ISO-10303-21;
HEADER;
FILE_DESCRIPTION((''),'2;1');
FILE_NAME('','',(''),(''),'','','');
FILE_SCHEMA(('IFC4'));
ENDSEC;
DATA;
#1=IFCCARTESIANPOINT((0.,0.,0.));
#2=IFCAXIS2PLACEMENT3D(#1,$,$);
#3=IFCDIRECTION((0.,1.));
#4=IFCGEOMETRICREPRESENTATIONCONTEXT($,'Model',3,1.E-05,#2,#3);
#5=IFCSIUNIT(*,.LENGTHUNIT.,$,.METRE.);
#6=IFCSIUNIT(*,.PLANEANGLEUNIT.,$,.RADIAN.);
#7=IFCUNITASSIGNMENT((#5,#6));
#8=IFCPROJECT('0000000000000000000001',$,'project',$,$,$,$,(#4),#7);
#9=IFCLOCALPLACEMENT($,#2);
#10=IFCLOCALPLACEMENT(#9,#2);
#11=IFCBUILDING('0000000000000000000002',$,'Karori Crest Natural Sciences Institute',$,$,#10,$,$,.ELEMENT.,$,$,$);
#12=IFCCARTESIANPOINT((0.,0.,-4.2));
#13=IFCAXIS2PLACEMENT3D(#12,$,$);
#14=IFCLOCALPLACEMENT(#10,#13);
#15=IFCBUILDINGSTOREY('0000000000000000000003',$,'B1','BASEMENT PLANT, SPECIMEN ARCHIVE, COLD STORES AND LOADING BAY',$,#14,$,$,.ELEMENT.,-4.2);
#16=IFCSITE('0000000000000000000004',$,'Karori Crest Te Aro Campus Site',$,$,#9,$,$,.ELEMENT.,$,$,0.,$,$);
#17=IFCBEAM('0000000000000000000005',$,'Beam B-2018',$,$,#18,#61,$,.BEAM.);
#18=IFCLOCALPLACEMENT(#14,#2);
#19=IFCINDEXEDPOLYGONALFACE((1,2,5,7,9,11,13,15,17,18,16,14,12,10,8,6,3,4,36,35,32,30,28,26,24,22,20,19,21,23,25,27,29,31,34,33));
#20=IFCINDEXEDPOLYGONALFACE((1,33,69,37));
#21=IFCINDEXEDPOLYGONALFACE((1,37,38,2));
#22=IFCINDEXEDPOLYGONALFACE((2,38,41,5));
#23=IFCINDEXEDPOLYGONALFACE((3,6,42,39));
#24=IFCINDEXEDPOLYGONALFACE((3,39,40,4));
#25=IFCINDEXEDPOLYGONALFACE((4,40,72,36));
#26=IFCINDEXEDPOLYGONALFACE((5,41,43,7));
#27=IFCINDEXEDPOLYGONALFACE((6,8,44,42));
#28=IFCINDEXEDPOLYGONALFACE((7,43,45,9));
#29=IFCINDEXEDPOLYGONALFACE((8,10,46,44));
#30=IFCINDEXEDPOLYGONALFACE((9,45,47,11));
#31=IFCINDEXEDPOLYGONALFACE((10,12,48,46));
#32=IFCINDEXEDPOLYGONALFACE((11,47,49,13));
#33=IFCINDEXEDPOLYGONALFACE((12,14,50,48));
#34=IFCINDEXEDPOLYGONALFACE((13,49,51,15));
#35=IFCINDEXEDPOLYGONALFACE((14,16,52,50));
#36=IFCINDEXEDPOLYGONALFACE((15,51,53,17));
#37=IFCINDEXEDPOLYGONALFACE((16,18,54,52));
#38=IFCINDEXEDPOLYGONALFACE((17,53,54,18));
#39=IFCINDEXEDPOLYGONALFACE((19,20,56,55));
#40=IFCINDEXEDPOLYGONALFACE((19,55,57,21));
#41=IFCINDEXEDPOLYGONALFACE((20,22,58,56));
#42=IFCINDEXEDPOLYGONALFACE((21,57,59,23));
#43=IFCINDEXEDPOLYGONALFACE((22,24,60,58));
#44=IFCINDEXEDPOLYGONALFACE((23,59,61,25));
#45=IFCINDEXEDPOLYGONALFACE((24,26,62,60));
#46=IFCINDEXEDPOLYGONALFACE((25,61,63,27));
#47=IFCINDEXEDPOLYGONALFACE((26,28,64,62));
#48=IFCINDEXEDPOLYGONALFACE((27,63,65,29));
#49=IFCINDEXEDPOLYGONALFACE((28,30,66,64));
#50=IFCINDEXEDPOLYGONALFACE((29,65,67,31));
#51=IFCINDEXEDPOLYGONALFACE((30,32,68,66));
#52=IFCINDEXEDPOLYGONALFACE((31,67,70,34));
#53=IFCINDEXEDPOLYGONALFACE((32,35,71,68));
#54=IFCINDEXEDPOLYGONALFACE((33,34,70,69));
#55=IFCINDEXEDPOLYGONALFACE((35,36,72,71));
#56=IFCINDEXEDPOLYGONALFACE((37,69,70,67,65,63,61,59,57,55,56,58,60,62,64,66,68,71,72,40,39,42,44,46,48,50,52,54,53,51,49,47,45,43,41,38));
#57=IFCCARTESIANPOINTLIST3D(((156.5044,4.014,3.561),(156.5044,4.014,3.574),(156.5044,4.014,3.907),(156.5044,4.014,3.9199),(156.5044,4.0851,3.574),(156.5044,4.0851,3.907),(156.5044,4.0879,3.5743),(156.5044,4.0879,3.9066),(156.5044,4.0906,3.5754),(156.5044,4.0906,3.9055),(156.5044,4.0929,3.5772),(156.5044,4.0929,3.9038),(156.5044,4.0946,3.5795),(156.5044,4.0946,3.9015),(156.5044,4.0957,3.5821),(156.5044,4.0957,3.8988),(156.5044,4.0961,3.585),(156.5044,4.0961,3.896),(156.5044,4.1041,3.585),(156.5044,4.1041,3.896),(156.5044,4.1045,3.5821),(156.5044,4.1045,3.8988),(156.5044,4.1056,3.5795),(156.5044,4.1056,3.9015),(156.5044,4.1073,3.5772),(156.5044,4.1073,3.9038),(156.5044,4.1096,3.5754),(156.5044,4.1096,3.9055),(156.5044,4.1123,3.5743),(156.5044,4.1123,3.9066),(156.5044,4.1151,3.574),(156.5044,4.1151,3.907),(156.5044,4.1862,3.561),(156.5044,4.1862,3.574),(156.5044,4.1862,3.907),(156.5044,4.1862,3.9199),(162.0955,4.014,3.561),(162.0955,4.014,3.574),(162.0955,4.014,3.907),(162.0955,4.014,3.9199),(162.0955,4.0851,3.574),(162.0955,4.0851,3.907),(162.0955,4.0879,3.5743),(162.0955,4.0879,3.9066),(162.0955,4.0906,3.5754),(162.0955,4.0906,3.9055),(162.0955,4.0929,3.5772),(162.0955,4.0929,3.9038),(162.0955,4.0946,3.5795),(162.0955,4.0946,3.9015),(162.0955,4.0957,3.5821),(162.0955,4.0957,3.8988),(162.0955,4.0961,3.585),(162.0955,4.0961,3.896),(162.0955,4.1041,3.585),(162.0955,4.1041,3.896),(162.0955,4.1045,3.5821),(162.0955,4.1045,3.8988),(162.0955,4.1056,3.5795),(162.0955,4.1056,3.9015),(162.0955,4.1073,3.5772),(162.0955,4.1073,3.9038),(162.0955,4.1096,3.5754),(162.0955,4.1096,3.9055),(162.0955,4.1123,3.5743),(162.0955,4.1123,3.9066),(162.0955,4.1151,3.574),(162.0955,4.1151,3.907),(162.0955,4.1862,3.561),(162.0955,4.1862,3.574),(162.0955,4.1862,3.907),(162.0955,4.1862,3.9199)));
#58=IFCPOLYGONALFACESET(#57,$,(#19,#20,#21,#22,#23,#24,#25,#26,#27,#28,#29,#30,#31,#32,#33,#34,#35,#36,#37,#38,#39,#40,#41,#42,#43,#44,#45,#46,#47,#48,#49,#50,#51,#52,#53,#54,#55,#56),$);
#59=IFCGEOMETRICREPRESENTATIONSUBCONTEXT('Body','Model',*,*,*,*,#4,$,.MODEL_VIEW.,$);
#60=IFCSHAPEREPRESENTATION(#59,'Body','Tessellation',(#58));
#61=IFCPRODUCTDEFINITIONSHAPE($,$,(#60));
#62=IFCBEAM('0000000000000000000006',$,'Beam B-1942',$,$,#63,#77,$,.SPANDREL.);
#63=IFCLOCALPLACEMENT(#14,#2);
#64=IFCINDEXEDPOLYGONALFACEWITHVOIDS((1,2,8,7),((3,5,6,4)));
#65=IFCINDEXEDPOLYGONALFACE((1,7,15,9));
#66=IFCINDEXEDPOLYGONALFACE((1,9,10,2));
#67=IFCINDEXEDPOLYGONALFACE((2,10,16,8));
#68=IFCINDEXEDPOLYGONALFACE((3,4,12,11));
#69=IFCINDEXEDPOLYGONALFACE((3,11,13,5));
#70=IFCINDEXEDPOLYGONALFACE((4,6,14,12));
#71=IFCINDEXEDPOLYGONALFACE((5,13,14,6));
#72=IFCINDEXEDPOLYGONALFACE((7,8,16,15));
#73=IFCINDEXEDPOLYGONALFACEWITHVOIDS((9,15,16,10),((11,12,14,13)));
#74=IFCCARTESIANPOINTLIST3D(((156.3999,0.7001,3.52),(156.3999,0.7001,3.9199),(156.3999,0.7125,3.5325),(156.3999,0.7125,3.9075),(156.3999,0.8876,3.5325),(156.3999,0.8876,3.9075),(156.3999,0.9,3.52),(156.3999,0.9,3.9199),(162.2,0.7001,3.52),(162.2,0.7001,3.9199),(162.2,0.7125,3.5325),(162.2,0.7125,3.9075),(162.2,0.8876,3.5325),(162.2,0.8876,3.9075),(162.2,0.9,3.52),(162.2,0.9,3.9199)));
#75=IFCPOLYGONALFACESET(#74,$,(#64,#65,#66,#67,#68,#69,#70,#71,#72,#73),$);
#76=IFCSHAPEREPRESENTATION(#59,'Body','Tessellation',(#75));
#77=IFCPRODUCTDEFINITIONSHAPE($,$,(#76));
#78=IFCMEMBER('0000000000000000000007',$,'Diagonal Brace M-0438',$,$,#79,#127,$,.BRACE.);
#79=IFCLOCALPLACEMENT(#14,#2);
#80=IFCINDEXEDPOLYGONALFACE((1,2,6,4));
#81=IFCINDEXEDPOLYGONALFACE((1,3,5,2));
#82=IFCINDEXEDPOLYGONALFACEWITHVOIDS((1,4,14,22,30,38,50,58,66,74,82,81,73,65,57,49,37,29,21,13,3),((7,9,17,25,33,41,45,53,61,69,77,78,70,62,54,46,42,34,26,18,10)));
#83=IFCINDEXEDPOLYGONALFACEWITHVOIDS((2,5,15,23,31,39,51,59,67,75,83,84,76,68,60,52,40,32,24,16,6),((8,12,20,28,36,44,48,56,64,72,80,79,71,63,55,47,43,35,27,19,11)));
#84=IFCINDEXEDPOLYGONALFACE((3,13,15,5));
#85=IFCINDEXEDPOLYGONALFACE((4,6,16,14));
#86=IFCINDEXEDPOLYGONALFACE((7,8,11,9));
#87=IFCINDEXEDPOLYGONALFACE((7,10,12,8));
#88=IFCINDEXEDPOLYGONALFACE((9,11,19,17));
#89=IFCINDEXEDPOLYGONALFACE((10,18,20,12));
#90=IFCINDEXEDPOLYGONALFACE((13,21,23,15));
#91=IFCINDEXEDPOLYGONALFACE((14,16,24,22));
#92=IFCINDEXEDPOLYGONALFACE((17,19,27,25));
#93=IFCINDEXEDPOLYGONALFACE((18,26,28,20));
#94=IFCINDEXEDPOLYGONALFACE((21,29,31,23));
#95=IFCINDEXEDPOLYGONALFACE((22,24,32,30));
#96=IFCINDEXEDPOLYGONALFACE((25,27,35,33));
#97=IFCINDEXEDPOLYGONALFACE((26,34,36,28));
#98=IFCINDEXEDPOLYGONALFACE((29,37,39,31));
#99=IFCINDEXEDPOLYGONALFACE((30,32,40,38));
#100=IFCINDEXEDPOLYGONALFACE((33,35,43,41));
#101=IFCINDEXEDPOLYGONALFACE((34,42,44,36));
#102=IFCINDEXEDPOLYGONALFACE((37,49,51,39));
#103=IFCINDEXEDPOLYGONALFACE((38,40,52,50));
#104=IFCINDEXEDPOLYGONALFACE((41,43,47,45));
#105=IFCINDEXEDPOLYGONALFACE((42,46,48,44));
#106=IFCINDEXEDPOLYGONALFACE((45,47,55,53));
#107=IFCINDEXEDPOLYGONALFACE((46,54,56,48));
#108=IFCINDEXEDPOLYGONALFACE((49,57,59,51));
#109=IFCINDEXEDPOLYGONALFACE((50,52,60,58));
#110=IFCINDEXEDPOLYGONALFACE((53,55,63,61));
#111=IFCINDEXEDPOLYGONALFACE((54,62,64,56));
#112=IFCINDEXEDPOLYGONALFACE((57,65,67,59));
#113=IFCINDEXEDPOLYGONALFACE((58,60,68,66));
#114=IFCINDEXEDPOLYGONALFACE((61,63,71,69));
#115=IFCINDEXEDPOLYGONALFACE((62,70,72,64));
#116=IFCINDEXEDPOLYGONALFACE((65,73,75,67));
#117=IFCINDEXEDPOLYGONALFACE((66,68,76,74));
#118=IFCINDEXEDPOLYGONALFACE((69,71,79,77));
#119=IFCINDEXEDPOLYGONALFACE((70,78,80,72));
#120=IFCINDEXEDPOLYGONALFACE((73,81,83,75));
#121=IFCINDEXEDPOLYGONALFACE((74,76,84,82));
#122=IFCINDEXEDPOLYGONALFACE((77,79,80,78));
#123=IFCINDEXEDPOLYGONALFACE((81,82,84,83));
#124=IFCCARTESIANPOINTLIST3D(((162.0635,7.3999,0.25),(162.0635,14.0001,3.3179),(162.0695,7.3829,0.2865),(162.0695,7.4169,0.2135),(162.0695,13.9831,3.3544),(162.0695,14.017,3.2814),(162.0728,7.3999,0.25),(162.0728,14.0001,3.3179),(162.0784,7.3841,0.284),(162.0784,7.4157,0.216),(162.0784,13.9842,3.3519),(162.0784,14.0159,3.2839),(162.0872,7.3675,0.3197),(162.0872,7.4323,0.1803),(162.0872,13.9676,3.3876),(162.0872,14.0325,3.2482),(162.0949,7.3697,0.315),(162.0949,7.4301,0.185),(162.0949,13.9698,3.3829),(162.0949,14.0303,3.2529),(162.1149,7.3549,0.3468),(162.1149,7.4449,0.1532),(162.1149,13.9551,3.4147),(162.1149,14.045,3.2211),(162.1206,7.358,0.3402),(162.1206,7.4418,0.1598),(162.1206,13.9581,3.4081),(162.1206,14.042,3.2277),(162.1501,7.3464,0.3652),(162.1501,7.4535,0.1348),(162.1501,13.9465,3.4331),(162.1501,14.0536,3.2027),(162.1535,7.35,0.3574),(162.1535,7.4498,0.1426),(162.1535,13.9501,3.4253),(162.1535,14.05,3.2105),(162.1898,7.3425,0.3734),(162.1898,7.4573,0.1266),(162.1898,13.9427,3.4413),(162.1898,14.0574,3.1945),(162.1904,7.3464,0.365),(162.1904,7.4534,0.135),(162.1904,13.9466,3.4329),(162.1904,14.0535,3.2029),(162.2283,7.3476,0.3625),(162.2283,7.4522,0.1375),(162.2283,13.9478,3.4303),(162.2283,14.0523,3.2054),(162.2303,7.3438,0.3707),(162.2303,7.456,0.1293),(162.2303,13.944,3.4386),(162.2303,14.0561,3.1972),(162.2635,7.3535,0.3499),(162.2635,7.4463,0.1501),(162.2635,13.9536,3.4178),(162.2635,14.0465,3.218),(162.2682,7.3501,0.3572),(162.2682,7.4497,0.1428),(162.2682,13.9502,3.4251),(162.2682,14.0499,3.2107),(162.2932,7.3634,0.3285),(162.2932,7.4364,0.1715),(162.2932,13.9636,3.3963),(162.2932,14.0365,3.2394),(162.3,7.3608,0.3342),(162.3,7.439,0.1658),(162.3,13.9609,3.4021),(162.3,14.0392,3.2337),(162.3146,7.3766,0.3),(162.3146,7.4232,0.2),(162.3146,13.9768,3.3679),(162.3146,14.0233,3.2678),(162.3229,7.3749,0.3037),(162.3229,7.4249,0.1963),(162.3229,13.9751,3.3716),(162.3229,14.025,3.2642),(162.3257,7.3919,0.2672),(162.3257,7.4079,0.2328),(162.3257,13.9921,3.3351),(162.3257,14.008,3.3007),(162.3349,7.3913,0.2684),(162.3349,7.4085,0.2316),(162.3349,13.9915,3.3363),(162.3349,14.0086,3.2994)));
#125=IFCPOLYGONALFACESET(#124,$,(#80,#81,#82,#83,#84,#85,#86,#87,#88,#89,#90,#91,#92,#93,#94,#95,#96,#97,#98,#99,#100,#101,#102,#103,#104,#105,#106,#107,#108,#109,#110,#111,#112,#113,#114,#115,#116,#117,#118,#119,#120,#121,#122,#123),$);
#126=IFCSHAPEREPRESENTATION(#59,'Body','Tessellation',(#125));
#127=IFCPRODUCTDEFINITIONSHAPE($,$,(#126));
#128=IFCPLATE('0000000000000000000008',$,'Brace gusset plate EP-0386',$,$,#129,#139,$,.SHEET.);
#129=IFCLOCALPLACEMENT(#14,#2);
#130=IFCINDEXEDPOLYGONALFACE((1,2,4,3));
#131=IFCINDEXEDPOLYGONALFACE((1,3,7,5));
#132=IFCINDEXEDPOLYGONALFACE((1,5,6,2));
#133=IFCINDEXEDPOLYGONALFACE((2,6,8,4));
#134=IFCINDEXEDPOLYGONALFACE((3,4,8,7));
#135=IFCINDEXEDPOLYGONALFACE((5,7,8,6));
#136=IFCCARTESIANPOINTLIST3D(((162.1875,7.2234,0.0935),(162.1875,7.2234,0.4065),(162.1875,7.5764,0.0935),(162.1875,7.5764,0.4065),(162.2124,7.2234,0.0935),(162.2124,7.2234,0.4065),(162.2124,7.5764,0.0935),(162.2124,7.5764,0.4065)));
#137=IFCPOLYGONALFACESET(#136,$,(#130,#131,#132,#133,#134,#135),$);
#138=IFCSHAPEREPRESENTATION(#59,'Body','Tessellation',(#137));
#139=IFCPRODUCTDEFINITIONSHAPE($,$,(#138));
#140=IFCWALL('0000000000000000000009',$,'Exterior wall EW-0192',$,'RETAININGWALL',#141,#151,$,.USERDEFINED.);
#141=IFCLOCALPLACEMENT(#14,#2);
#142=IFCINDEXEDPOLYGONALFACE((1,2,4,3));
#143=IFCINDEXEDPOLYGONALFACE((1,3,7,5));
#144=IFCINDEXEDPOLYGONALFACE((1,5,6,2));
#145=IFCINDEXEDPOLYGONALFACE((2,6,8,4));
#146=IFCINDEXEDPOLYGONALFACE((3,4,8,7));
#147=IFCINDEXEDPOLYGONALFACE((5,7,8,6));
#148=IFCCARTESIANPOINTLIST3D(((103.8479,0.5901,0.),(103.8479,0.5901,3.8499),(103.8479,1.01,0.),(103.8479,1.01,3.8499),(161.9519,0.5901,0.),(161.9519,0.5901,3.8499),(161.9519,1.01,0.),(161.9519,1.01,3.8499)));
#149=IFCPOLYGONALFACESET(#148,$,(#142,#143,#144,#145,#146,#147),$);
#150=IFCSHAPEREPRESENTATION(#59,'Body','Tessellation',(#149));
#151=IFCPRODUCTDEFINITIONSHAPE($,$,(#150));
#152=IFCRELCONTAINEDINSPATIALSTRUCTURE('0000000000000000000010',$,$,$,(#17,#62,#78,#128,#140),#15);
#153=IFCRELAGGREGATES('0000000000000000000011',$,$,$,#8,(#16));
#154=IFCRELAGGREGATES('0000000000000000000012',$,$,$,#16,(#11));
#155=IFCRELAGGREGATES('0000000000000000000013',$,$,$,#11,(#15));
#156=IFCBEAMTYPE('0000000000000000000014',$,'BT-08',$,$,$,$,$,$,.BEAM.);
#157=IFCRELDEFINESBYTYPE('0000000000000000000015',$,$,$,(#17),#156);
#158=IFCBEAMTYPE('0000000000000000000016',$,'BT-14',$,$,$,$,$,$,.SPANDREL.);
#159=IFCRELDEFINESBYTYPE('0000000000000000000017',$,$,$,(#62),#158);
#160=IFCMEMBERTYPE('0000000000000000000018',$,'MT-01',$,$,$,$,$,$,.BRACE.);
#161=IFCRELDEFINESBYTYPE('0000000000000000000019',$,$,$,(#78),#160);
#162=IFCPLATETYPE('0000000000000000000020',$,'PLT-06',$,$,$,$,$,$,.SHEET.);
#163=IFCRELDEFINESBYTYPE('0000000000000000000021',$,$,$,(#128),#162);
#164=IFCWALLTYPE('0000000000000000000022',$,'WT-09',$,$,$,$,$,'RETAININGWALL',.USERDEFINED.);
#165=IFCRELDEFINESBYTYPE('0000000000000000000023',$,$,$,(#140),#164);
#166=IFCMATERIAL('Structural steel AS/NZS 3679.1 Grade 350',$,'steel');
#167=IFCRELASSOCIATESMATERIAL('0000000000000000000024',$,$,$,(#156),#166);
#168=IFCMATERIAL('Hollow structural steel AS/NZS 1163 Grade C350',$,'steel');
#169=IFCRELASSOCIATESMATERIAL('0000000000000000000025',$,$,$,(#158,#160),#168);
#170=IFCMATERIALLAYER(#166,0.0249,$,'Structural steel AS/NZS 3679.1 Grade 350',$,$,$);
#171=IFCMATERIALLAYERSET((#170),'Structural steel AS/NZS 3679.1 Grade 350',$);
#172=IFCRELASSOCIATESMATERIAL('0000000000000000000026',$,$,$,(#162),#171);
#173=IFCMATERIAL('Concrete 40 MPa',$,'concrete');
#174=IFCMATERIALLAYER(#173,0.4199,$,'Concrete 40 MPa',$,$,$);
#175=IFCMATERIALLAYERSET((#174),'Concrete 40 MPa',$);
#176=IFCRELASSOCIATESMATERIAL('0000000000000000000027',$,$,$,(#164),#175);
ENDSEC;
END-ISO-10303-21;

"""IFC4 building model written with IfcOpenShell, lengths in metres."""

from ifc_helpers import new_model, si_unit, direction, frame, frame_2d, origin, origin_2d, place, context, subcontext, project, spatial, rectangle, hollow_rectangle, hollow_circle, i_section, extrude, material, layer, layer_set, material_profile, profile_set, type_object, element, save


model = new_model("IFC4")

# Units and contexts
model_context = context("Model", 3, precision=1e-05, world=origin(), true_north=direction((0.0, 1.0)))
body_context = subcontext(model_context, "Body", "Model", "MODEL_VIEW")
ifc_project = project(units=[si_unit("LENGTHUNIT", "METRE"), si_unit("PLANEANGLEUNIT", "RADIAN")], contexts=[model_context])

# Site, building, storey
site_placement = place(None, origin())
site = spatial("IfcSite", under=ifc_project, at=site_placement, Name="Karori Crest Te Aro Campus Site", CompositionType="ELEMENT", RefElevation=0.0)
building_placement = place(site_placement, origin())
building = spatial("IfcBuilding", under=site, at=building_placement, Name="Karori Crest Natural Sciences Institute", CompositionType="ELEMENT")
storey_placement = place(building_placement, frame((0.0, 0.0, -4.2)))
storey = spatial("IfcBuildingStorey", under=building, at=storey_placement, Name="B1", Description="BASEMENT PLANT, SPECIMEN ARCHIVE, COLD STORES AND LOADING BAY", CompositionType="ELEMENT", Elevation=-4.2)

# Shared definitions
ifc_material_1 = material(Name="Concrete 40 MPa", Category="concrete")

# Shared definitions
ifc_material_2 = material(Name="Structural steel AS/NZS 3679.1 Grade 350", Category="steel")

# Beams
ifc_material_profile_1 = material_profile(ifc_material_2, i_section(OverallWidth=0.1721, OverallDepth=0.3589, WebThickness=0.0081, FlangeThickness=0.0129, FilletRadius=0.011, at=origin_2d()), Name="360UB56.7")
ifc_profile_set_1 = profile_set([ifc_material_profile_1], Name="Structural steel AS/NZS 3679.1 Grade 350")
beam_type_1 = type_object("IfcBeamType", Name="BT-08", PredefinedType="BEAM", material=ifc_profile_set_1)
beam_1_placement = place(storey_placement, frame((156.5044, 4.1001, 3.7405), z_axis=(1.0, 0.0, 0.0), x_axis=(0.0, 1.0, 0.0)))
element("IfcBeam", 1, at=beam_1_placement, inside=storey, type_object=beam_type_1, Name="Beam B-2018", PredefinedType="BEAM", context=body_context, shape_type="SweptSolid", body=[
    extrude(i_section(OverallWidth=0.1721, OverallDepth=0.3589, WebThickness=0.0081, FlangeThickness=0.0129, FilletRadius=0.011, at=origin_2d()), origin(), (0.0, 0.0, 1.0), 5.5911),
])
ifc_material_3 = material(Name="Hollow structural steel AS/NZS 1163 Grade C350", Category="steel")
ifc_material_profile_2 = material_profile(ifc_material_3, hollow_rectangle(XDim=0.2, YDim=0.3999, WallThickness=0.0125, at=origin_2d()), Name="RHS400x200x12.5")
ifc_profile_set_2 = profile_set([ifc_material_profile_2], Name="Hollow structural steel AS/NZS 1163 Grade C350")
beam_type_2 = type_object("IfcBeamType", Name="BT-14", PredefinedType="SPANDREL", material=ifc_profile_set_2)
beam_2_placement = place(storey_placement, frame((156.3999, 0.8, 3.72), z_axis=(1.0, 0.0, 0.0), x_axis=(0.0, 1.0, 0.0)))
element("IfcBeam", 2, at=beam_2_placement, inside=storey, type_object=beam_type_2, Name="Beam B-1942", PredefinedType="SPANDREL", context=body_context, shape_type="SweptSolid", body=[
    extrude(hollow_rectangle(XDim=0.2, YDim=0.3999, WallThickness=0.0125, at=origin_2d()), origin(), (0.0, 0.0, 1.0), 5.8),
])

# Member
ifc_material_profile_3 = material_profile(ifc_material_3, hollow_circle(Radius=0.1365, WallThickness=0.0093, at=origin_2d()), Name="CHS273.0x9.3")
ifc_profile_set_3 = profile_set([ifc_material_profile_3], Name="Hollow structural steel AS/NZS 1163 Grade C350")
member_type = type_object("IfcMemberType", Name="MT-01", PredefinedType="BRACE", material=ifc_profile_set_3)
member_placement = place(storey_placement, frame((162.2, 7.3999, 0.25), z_axis=(0.0, 0.906823, 0.421511), x_axis=(-1.0, 0.0, 0.0)))
element("IfcMember", 3, at=member_placement, inside=storey, type_object=member_type, Name="Diagonal Brace M-0438", PredefinedType="BRACE", context=body_context, shape_type="SweptSolid", body=[
    extrude(hollow_circle(Radius=0.1365, WallThickness=0.0093, at=origin_2d()), origin(), (0.0, 0.0, 1.0), 7.2783),
])

# Plate
ifc_layer_1 = layer(ifc_material_2, 0.0249, Name="Structural steel AS/NZS 3679.1 Grade 350")
ifc_layer_set_1 = layer_set([ifc_layer_1], Name="Structural steel AS/NZS 3679.1 Grade 350")
plate_type = type_object("IfcPlateType", Name="PLT-06", PredefinedType="SHEET", material=ifc_layer_set_1)
plate_placement = place(storey_placement, frame((162.2, 7.3999, 0.0935), z_axis=(0.0, 0.0, 1.0), x_axis=(0.0, 1.0, 0.0)))
element("IfcPlate", 4, at=plate_placement, inside=storey, type_object=plate_type, Name="Brace gusset plate EP-0386", PredefinedType="SHEET", context=body_context, shape_type="SweptSolid", body=[
    extrude(rectangle(XDim=0.353, YDim=0.0249, at=origin_2d()), origin(), (0.0, 0.0, 1.0), 0.313),
])

# Wall
ifc_layer_2 = layer(ifc_material_1, 0.4199, Name="Concrete 40 MPa")
ifc_layer_set_2 = layer_set([ifc_layer_2], Name="Concrete 40 MPa")
wall_type = type_object("IfcWallType", Name="WT-09", ElementType="RETAININGWALL", PredefinedType="USERDEFINED", material=ifc_layer_set_2)
wall_placement = place(storey_placement, frame((161.9519, 0.8, 0.0), z_axis=(0.0, 0.0, 1.0), x_axis=(-1.0, 0.0, 0.0)))
element("IfcWall", 5, at=wall_placement, inside=storey, type_object=wall_type, Name="Exterior wall EW-0192", ObjectType="RETAININGWALL", PredefinedType="USERDEFINED", context=body_context, shape_type="SweptSolid", body=[
    extrude(rectangle(XDim=58.104, YDim=0.4199, at=frame_2d((29.052, 0.0))), origin(), (0.0, 0.0, 1.0), 3.8499),
])

save(model, "model.ifc")
